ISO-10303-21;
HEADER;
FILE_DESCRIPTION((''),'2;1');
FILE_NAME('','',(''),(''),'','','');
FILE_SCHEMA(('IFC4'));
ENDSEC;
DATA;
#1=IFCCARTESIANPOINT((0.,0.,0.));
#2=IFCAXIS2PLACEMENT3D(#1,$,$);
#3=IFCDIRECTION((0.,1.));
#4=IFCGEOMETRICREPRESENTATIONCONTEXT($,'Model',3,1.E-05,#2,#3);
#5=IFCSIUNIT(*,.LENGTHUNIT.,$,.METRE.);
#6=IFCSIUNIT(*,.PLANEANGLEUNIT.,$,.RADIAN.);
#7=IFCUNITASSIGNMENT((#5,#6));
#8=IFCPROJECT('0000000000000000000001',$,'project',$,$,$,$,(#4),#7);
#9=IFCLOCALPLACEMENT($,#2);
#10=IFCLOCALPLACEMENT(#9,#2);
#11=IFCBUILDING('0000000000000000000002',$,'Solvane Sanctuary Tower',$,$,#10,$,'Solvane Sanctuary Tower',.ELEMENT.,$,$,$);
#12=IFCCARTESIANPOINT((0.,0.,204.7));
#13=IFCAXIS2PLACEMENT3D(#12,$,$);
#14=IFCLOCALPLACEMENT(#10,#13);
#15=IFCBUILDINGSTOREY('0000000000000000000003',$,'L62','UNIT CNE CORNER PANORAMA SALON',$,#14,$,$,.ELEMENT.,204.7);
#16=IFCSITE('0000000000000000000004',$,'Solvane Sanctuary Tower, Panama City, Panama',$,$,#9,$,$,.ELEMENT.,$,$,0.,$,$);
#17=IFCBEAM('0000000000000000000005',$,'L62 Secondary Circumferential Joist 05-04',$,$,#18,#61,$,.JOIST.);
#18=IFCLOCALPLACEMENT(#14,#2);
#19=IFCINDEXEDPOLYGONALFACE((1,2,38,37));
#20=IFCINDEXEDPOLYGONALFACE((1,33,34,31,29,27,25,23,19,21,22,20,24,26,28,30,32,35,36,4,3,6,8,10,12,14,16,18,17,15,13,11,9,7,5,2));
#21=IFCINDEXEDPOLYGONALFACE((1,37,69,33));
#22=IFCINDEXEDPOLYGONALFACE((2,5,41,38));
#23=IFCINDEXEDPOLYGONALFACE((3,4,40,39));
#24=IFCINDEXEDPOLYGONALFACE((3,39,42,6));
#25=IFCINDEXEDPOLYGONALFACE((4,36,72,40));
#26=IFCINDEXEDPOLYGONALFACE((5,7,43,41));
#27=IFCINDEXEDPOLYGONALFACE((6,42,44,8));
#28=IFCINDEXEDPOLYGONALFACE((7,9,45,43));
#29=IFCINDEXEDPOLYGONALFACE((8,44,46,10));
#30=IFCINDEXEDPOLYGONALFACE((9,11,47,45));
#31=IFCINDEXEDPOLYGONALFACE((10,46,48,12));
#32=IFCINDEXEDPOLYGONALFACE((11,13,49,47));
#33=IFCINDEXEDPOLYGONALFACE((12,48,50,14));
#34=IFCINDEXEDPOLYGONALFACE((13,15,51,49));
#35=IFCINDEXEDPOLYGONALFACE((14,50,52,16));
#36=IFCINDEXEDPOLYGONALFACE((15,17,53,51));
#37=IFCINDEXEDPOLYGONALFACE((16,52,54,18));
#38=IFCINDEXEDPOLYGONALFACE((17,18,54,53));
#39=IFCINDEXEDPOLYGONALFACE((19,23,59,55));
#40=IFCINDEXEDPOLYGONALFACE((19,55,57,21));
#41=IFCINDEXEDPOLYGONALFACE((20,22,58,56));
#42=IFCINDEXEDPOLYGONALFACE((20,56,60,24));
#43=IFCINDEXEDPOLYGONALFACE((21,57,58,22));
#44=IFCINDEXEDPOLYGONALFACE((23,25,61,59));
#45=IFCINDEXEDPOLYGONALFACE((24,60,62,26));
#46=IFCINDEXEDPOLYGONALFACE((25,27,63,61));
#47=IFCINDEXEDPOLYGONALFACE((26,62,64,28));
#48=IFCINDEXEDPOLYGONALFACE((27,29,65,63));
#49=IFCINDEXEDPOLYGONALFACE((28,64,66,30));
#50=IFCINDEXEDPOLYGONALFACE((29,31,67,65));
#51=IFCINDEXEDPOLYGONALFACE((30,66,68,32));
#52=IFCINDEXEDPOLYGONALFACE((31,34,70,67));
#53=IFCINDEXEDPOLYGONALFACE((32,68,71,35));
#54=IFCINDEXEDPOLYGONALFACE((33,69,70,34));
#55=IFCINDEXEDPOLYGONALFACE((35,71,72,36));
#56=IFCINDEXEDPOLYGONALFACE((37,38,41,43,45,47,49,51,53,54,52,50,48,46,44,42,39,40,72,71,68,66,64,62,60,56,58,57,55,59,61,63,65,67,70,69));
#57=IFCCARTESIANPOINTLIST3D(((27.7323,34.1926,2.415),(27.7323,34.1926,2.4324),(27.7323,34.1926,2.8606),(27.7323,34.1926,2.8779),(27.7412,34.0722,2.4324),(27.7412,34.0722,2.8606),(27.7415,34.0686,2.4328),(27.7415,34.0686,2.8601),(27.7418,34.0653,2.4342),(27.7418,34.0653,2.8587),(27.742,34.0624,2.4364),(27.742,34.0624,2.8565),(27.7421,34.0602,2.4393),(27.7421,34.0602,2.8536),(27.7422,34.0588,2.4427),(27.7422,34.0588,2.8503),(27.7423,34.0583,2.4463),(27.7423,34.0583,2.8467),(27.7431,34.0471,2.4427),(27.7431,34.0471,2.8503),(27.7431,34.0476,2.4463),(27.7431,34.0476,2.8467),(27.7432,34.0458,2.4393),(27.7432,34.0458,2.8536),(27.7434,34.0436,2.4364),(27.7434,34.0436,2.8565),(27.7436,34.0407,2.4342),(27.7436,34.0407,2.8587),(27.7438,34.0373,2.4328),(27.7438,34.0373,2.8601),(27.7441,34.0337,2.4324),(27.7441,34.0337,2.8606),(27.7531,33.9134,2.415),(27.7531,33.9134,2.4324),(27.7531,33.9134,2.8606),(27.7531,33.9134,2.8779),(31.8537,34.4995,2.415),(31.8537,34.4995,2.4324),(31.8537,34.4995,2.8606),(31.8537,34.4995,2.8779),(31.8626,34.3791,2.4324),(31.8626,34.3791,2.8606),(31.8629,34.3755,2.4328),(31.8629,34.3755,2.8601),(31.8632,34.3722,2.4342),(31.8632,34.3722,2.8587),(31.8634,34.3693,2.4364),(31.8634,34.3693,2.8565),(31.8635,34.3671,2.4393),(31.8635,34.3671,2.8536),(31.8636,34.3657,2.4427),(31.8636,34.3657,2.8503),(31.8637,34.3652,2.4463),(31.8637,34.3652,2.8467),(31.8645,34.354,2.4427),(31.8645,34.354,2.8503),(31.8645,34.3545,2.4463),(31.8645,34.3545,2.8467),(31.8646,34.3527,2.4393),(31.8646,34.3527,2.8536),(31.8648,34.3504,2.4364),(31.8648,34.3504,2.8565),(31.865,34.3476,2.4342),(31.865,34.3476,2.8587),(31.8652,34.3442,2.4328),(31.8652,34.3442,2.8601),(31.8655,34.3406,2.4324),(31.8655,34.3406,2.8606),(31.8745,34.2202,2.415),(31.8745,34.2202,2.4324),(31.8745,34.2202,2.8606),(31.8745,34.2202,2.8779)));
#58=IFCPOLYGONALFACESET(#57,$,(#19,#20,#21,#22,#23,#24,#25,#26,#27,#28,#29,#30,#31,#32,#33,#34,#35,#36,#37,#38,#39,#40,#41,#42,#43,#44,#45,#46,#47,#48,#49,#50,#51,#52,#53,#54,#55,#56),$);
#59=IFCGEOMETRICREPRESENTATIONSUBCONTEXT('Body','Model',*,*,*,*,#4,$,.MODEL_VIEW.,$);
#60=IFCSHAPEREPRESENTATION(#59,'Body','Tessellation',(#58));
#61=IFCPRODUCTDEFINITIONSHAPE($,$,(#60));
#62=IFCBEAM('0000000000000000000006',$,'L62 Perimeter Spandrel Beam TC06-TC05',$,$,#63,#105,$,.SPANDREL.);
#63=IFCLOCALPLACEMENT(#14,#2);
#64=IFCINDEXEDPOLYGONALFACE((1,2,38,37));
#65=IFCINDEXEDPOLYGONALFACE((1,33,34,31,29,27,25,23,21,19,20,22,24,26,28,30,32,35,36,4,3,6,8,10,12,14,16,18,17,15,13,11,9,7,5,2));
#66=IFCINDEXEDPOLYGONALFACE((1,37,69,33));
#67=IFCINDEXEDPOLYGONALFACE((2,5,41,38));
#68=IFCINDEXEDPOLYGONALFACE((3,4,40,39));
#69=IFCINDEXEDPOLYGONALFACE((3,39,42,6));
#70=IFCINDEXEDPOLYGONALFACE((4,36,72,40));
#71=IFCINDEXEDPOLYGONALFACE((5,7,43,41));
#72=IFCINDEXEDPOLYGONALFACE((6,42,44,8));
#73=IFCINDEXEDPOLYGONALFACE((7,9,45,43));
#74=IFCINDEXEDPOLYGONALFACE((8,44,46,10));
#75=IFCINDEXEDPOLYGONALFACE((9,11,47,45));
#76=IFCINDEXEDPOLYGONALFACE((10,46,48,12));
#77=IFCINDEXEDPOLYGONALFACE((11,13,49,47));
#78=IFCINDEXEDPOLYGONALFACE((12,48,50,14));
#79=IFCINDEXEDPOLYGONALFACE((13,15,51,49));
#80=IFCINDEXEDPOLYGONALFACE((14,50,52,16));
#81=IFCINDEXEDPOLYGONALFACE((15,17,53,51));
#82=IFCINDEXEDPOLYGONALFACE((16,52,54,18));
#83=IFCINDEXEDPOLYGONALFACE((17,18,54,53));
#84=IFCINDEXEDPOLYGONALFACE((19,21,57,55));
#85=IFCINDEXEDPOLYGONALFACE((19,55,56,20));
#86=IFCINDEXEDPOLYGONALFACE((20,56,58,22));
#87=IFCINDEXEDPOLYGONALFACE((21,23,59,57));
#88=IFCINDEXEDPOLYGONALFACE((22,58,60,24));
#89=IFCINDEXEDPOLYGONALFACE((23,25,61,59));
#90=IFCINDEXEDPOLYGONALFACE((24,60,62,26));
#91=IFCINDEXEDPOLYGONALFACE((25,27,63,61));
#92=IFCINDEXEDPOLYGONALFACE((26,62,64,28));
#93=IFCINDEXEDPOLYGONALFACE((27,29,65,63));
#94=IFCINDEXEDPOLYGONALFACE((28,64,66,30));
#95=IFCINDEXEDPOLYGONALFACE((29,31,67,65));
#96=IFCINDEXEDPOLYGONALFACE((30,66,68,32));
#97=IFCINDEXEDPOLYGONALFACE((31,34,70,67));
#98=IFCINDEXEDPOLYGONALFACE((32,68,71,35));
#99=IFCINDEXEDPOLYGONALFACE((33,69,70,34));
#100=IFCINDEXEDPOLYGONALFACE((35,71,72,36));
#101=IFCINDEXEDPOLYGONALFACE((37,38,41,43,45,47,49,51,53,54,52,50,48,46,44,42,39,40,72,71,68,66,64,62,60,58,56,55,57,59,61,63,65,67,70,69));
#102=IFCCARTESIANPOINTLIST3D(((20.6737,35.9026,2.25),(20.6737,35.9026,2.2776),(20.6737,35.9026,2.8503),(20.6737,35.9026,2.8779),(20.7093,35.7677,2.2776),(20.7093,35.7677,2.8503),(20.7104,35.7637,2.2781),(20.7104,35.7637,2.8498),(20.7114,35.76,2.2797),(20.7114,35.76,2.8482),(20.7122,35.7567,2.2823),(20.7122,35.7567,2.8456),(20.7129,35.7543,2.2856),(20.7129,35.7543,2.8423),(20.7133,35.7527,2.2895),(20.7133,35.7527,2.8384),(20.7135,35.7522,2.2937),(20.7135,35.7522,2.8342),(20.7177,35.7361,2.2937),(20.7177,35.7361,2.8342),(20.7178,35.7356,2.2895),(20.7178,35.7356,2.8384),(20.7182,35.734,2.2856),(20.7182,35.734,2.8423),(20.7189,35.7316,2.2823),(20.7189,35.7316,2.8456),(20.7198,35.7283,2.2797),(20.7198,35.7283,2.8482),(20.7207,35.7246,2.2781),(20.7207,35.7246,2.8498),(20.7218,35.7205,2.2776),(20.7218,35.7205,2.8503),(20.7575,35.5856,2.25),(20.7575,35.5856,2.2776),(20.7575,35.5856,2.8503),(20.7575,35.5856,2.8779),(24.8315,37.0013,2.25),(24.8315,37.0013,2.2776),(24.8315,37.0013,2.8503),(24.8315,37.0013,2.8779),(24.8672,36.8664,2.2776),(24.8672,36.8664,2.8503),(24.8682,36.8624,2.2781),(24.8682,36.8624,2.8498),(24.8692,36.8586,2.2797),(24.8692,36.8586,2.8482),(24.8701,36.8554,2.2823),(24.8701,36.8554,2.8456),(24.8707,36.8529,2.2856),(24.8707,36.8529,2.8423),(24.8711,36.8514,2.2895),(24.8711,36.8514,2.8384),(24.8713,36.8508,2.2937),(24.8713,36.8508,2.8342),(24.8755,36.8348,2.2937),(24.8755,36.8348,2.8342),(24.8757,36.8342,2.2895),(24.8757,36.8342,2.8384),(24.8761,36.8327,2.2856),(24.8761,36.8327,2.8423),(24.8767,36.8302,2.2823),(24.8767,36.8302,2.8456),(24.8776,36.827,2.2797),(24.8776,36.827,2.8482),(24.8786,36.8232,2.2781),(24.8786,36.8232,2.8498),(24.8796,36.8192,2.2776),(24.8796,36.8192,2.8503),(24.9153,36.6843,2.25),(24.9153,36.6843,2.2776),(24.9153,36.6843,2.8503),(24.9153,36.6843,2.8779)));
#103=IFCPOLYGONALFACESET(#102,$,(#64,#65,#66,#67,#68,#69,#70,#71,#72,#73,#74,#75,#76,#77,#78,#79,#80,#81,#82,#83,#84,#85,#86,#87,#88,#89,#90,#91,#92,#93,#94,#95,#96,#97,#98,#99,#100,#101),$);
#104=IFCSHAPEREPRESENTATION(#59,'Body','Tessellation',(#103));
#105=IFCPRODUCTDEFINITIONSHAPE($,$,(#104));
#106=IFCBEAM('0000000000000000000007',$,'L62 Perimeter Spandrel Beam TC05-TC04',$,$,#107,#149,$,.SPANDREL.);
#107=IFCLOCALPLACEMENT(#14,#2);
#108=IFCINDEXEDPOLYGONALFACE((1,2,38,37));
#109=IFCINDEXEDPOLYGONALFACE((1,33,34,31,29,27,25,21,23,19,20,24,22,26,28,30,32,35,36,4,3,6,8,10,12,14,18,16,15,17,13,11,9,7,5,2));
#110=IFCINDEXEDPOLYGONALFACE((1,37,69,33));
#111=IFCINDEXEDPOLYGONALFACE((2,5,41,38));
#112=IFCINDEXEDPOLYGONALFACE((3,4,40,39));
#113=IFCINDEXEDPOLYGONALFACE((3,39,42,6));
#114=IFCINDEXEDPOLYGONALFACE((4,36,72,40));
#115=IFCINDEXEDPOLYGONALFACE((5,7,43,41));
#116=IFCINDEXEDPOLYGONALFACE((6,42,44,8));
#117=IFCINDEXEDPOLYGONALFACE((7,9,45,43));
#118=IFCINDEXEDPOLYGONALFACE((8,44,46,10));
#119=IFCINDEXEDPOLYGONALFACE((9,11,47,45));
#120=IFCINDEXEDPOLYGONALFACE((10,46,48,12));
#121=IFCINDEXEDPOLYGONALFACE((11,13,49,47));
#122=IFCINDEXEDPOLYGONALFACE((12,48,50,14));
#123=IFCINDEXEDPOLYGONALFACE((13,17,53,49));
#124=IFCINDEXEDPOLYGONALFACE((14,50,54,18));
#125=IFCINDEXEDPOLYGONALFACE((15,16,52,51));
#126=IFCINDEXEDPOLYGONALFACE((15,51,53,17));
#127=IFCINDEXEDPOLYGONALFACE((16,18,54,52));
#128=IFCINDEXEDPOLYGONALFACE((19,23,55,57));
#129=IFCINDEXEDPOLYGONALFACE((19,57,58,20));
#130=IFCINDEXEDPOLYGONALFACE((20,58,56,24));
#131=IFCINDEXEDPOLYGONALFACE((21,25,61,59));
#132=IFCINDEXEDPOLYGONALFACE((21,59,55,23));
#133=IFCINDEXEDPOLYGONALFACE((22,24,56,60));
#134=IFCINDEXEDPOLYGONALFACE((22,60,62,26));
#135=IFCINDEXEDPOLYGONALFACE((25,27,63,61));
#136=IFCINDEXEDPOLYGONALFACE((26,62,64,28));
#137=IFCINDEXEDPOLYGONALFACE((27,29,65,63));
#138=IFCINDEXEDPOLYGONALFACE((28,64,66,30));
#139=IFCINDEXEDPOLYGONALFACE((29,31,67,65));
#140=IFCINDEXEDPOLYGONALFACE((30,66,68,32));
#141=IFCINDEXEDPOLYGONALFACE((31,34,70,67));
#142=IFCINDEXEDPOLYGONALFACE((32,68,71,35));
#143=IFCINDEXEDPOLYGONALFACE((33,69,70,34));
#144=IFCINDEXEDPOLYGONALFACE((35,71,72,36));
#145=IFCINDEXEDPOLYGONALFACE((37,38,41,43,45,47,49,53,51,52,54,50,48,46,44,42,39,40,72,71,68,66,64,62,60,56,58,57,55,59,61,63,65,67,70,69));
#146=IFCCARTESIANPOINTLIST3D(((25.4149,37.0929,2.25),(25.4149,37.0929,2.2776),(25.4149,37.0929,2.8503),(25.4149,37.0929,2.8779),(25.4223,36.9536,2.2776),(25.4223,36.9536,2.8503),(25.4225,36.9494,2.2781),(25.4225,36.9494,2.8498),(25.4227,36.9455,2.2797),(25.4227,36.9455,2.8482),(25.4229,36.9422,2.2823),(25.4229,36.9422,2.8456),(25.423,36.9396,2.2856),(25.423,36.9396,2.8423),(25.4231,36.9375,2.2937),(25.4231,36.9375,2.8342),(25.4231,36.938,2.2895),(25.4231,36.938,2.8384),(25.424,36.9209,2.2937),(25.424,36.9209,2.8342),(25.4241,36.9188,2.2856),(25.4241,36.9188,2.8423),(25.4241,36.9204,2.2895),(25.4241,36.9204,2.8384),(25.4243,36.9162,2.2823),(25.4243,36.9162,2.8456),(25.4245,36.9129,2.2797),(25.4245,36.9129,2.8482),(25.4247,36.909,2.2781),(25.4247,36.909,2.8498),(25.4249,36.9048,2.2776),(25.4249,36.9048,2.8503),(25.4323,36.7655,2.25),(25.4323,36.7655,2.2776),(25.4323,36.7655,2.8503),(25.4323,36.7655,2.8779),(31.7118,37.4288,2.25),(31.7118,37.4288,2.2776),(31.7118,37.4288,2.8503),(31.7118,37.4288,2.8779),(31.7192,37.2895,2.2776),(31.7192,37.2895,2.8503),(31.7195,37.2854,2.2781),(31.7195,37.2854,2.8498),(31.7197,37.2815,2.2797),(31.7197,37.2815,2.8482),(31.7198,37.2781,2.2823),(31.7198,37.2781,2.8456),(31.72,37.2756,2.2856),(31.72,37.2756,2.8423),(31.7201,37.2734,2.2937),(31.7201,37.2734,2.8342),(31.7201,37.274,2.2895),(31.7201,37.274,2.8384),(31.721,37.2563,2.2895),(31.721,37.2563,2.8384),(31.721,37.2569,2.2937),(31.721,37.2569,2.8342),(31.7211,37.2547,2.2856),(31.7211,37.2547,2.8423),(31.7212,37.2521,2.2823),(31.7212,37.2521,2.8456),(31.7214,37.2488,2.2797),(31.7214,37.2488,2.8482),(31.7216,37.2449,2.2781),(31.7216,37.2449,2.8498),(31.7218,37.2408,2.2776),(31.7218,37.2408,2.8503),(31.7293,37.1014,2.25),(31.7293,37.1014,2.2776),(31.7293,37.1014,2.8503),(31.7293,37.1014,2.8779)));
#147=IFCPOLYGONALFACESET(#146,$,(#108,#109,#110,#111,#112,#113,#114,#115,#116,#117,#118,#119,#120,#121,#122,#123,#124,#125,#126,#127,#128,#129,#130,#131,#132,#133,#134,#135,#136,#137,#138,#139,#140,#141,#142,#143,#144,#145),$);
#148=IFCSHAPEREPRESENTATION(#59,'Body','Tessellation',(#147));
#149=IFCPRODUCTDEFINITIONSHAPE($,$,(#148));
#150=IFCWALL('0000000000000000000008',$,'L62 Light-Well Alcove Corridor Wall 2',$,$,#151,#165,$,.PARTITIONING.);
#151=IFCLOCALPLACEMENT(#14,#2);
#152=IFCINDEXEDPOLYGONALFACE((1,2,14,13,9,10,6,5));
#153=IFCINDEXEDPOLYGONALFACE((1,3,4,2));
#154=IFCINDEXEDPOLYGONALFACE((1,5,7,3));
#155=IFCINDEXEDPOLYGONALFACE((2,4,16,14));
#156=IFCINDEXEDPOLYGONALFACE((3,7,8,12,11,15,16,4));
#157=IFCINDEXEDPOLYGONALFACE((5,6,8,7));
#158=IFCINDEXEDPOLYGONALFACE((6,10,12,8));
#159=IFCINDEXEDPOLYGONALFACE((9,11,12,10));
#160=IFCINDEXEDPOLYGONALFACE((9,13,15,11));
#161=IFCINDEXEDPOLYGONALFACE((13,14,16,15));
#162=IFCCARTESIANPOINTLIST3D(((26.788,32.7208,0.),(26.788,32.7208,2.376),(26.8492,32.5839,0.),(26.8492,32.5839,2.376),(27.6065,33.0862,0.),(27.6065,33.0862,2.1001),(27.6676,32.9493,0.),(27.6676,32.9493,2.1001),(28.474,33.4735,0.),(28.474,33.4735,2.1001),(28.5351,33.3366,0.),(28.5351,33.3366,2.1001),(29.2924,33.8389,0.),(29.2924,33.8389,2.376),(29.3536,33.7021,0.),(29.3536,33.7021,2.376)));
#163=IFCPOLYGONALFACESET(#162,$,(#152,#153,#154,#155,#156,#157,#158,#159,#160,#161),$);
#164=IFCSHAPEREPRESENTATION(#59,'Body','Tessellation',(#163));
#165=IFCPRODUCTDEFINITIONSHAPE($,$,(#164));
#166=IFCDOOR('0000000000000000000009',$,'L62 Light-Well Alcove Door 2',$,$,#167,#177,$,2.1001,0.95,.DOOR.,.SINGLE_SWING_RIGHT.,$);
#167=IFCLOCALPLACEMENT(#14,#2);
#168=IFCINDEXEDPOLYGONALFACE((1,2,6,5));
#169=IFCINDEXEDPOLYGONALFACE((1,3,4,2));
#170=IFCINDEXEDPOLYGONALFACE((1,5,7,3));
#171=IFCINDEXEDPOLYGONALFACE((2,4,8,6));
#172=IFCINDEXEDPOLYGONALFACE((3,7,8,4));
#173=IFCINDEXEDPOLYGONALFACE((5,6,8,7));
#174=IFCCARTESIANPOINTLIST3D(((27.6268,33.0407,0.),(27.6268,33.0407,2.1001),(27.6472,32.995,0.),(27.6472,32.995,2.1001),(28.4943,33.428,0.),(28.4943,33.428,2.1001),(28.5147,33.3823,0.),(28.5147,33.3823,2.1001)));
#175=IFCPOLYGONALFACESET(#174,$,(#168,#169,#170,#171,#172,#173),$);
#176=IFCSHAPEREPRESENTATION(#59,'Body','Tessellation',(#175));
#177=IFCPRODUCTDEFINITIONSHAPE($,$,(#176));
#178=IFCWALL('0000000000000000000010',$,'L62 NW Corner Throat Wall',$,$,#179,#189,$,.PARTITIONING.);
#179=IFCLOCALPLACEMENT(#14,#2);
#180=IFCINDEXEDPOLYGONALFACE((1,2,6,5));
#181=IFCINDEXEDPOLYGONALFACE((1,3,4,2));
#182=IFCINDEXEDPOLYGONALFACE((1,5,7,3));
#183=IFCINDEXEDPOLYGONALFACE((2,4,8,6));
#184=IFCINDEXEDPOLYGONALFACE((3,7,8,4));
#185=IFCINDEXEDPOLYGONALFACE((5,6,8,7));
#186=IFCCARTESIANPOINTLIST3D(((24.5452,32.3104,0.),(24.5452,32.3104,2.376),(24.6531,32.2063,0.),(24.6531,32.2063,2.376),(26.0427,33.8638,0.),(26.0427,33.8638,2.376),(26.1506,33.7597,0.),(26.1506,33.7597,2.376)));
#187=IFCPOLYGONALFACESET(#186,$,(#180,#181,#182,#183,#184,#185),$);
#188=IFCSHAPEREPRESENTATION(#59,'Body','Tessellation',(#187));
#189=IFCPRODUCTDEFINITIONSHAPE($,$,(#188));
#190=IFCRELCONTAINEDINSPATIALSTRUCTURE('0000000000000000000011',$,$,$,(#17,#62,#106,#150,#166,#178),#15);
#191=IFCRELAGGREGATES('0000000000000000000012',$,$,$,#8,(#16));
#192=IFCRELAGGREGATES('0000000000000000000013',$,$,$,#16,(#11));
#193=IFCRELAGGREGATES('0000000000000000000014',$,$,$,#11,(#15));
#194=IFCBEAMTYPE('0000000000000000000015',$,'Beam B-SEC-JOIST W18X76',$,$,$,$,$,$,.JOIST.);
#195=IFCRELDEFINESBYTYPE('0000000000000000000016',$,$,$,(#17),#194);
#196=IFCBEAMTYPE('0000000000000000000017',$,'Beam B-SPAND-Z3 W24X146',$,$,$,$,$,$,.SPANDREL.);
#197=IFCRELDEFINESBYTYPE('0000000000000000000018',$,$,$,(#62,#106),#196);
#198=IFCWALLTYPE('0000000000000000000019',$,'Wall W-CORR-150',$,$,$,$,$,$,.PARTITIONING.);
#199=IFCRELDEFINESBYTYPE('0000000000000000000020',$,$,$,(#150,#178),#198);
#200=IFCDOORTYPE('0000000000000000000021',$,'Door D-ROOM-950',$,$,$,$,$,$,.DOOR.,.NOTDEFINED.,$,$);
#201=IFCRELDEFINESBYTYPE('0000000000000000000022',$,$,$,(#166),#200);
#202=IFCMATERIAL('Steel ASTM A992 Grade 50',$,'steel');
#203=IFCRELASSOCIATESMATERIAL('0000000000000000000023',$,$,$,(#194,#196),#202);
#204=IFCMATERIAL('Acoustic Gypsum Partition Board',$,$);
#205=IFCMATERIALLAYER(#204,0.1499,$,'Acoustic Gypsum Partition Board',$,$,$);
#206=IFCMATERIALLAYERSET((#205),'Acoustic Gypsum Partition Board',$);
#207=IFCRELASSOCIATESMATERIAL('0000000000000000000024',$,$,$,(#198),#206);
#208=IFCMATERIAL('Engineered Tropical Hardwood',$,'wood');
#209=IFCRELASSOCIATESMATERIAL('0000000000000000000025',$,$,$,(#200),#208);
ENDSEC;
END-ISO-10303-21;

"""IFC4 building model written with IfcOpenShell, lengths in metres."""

from ifc_helpers import new_model, si_unit, direction, frame, frame_2d, origin, origin_2d, place, context, subcontext, project, spatial, rectangle, i_section, extrude, material, layer, layer_set, material_profile, profile_set, type_object, element, fill, save


model = new_model("IFC4")

# Units and contexts
model_context = context("Model", 3, precision=1e-05, world=origin(), true_north=direction((0.0, 1.0)))
body_context = subcontext(model_context, "Body", "Model", "MODEL_VIEW")
ifc_project = project(units=[si_unit("LENGTHUNIT", "METRE"), si_unit("PLANEANGLEUNIT", "RADIAN")], contexts=[model_context])

# Site, building, storey
site_placement = place(None, origin())
site = spatial("IfcSite", under=ifc_project, at=site_placement, Name="Solvane Sanctuary Tower, Panama City, Panama", CompositionType="ELEMENT", RefElevation=0.0)
building_placement = place(site_placement, origin())
building = spatial("IfcBuilding", under=site, at=building_placement, Name="Solvane Sanctuary Tower", LongName="Solvane Sanctuary Tower", CompositionType="ELEMENT")
storey_placement = place(building_placement, frame((0.0, 0.0, 204.7)))
storey = spatial("IfcBuildingStorey", under=building, at=storey_placement, Name="L62", Description="UNIT CNE CORNER PANORAMA SALON", CompositionType="ELEMENT", Elevation=204.7)

# Beams
ifc_material_1 = material(Name="Steel ASTM A992 Grade 50", Category="steel")
ifc_material_profile_1 = material_profile(ifc_material_1, i_section(OverallWidth=0.28, OverallDepth=0.4629, WebThickness=0.0107, FlangeThickness=0.0173, FilletRadius=0.0139, at=origin_2d()), Name="W18X76")
ifc_profile_set_1 = profile_set([ifc_material_profile_1], Name="Steel ASTM A992 Grade 50")
beam_type_1 = type_object("IfcBeamType", Name="Beam B-SEC-JOIST W18X76", PredefinedType="JOIST", material=ifc_profile_set_1)
beam_1_placement = place(storey_placement, frame((27.7427, 34.053, 2.6465), z_axis=(0.997239, 0.074257, 0.0), x_axis=(-0.074257, 0.997239, 0.0)))
element("IfcBeam", 1, at=beam_1_placement, inside=storey, type_object=beam_type_1, Name="L62 Secondary Circumferential Joist 05-04", PredefinedType="JOIST", context=body_context, shape_type="SweptSolid", body=[
    extrude(i_section(OverallWidth=0.28, OverallDepth=0.4629, WebThickness=0.0107, FlangeThickness=0.0173, FilletRadius=0.0139, at=origin_2d()), origin(), (0.0, 0.0, 1.0), 4.1328),
])
ifc_material_profile_2 = material_profile(ifc_material_1, i_section(OverallWidth=0.3279, OverallDepth=0.6279, WebThickness=0.0166, FlangeThickness=0.0276, FilletRadius=0.0161, at=origin_2d()), Name="W24X146")
ifc_profile_set_2 = profile_set([ifc_material_profile_2], Name="Steel ASTM A992 Grade 50")
beam_type_2 = type_object("IfcBeamType", Name="Beam B-SPAND-Z3 W24X146", PredefinedType="SPANDREL", material=ifc_profile_set_2)
beam_2_placement = place(storey_placement, frame((20.7156, 35.7441, 2.564), z_axis=(0.966817, 0.255471, 0.0), x_axis=(-0.255471, 0.966817, 0.0)))
element("IfcBeam", 2, at=beam_2_placement, inside=storey, type_object=beam_type_2, Name="L62 Perimeter Spandrel Beam TC06-TC05", PredefinedType="SPANDREL", context=body_context, shape_type="SweptSolid", body=[
    extrude(i_section(OverallWidth=0.3279, OverallDepth=0.6279, WebThickness=0.0166, FlangeThickness=0.0276, FilletRadius=0.0161, at=origin_2d()), origin(), (0.0, 0.0, 1.0), 4.3005),
])
beam_3_placement = place(storey_placement, frame((25.4236, 36.9292, 2.564), z_axis=(0.99858, 0.053274, 0.0), x_axis=(-0.053274, 0.99858, 0.0)))
element("IfcBeam", 3, at=beam_3_placement, inside=storey, type_object=beam_type_2, Name="L62 Perimeter Spandrel Beam TC05-TC04", PredefinedType="SPANDREL", context=body_context, shape_type="SweptSolid", body=[
    extrude(i_section(OverallWidth=0.3279, OverallDepth=0.6279, WebThickness=0.0166, FlangeThickness=0.0276, FilletRadius=0.0161, at=origin_2d()), origin(), (0.0, 0.0, 1.0), 6.3059),
])

# Wall, opening, door
ifc_material_2 = material(Name="Acoustic Gypsum Partition Board")
ifc_layer_1 = layer(ifc_material_2, 0.1499, Name="Acoustic Gypsum Partition Board")
ifc_layer_set_1 = layer_set([ifc_layer_1], Name="Acoustic Gypsum Partition Board")
wall_type_1 = type_object("IfcWallType", Name="Wall W-CORR-150", PredefinedType="PARTITIONING", material=ifc_layer_set_1)
wall_1_placement = place(storey_placement, frame((29.323, 33.7705, 0.0), z_axis=(0.0, 0.0, 1.0), x_axis=(-0.91312, -0.407691, 0.0)))
wall_1 = element("IfcWall", 4, at=wall_1_placement, inside=storey, type_object=wall_type_1, Name="L62 Light-Well Alcove Corridor Wall 2", PredefinedType="PARTITIONING", context=body_context, shape_type="SweptSolid", body=[
    extrude(rectangle(XDim=2.7427, YDim=0.1499, at=frame_2d((1.3713, 0.0))), origin(), (0.0, 0.0, 1.0), 2.376),
])
opening_1_placement = place(wall_1_placement, frame((0.8962, 0.0, 0.0)))
opening_1 = element("IfcOpeningElement", 5, at=opening_1_placement, cuts=wall_1, PredefinedType="OPENING", context=body_context, shape_type="SweptSolid", body=[
    extrude(rectangle(XDim=0.95, YDim=2.1001, at=frame_2d((0.4751, 1.05))), frame((0.0, 0.085, 0.0), z_axis=(0.0, -1.0, 0.0), x_axis=(1.0, 0.0, 0.0)), (0.0, 0.0, 1.0), 0.1699),
])
ifc_material_3 = material(Name="Engineered Tropical Hardwood", Category="wood")
door_type_1 = type_object("IfcDoorType", Name="Door D-ROOM-950", OperationType="NOTDEFINED", PredefinedType="DOOR", material=ifc_material_3)
door_1_placement = place(opening_1_placement, origin())
door_1 = element("IfcDoor", 6, at=door_1_placement, inside=storey, type_object=door_type_1, Name="L62 Light-Well Alcove Door 2", OperationType="SINGLE_SWING_RIGHT", OverallHeight=2.1001, OverallWidth=0.95, PredefinedType="DOOR", context=body_context, shape_type="SweptSolid", body=[
    extrude(rectangle(XDim=0.95, YDim=2.1001, at=frame_2d((0.4751, 1.05))), frame((0.0, 0.0249, 0.0), z_axis=(0.0, -1.0, 0.0), x_axis=(1.0, 0.0, 0.0)), (0.0, 0.0, 1.0), 0.05),
])
fill(opening_1, door_1)

# Wall
wall_2_placement = place(storey_placement, frame((26.0967, 33.8118, 0.0), z_axis=(0.0, 0.0, 1.0), x_axis=(-0.694033, -0.719943, 0.0)))
element("IfcWall", 7, at=wall_2_placement, inside=storey, type_object=wall_type_1, Name="L62 NW Corner Throat Wall", PredefinedType="PARTITIONING", context=body_context, shape_type="SweptSolid", body=[
    extrude(rectangle(XDim=2.1577, YDim=0.1499, at=frame_2d((1.0789, 0.0))), origin(), (0.0, 0.0, 1.0), 2.376),
])

save(model, "model.ifc")
